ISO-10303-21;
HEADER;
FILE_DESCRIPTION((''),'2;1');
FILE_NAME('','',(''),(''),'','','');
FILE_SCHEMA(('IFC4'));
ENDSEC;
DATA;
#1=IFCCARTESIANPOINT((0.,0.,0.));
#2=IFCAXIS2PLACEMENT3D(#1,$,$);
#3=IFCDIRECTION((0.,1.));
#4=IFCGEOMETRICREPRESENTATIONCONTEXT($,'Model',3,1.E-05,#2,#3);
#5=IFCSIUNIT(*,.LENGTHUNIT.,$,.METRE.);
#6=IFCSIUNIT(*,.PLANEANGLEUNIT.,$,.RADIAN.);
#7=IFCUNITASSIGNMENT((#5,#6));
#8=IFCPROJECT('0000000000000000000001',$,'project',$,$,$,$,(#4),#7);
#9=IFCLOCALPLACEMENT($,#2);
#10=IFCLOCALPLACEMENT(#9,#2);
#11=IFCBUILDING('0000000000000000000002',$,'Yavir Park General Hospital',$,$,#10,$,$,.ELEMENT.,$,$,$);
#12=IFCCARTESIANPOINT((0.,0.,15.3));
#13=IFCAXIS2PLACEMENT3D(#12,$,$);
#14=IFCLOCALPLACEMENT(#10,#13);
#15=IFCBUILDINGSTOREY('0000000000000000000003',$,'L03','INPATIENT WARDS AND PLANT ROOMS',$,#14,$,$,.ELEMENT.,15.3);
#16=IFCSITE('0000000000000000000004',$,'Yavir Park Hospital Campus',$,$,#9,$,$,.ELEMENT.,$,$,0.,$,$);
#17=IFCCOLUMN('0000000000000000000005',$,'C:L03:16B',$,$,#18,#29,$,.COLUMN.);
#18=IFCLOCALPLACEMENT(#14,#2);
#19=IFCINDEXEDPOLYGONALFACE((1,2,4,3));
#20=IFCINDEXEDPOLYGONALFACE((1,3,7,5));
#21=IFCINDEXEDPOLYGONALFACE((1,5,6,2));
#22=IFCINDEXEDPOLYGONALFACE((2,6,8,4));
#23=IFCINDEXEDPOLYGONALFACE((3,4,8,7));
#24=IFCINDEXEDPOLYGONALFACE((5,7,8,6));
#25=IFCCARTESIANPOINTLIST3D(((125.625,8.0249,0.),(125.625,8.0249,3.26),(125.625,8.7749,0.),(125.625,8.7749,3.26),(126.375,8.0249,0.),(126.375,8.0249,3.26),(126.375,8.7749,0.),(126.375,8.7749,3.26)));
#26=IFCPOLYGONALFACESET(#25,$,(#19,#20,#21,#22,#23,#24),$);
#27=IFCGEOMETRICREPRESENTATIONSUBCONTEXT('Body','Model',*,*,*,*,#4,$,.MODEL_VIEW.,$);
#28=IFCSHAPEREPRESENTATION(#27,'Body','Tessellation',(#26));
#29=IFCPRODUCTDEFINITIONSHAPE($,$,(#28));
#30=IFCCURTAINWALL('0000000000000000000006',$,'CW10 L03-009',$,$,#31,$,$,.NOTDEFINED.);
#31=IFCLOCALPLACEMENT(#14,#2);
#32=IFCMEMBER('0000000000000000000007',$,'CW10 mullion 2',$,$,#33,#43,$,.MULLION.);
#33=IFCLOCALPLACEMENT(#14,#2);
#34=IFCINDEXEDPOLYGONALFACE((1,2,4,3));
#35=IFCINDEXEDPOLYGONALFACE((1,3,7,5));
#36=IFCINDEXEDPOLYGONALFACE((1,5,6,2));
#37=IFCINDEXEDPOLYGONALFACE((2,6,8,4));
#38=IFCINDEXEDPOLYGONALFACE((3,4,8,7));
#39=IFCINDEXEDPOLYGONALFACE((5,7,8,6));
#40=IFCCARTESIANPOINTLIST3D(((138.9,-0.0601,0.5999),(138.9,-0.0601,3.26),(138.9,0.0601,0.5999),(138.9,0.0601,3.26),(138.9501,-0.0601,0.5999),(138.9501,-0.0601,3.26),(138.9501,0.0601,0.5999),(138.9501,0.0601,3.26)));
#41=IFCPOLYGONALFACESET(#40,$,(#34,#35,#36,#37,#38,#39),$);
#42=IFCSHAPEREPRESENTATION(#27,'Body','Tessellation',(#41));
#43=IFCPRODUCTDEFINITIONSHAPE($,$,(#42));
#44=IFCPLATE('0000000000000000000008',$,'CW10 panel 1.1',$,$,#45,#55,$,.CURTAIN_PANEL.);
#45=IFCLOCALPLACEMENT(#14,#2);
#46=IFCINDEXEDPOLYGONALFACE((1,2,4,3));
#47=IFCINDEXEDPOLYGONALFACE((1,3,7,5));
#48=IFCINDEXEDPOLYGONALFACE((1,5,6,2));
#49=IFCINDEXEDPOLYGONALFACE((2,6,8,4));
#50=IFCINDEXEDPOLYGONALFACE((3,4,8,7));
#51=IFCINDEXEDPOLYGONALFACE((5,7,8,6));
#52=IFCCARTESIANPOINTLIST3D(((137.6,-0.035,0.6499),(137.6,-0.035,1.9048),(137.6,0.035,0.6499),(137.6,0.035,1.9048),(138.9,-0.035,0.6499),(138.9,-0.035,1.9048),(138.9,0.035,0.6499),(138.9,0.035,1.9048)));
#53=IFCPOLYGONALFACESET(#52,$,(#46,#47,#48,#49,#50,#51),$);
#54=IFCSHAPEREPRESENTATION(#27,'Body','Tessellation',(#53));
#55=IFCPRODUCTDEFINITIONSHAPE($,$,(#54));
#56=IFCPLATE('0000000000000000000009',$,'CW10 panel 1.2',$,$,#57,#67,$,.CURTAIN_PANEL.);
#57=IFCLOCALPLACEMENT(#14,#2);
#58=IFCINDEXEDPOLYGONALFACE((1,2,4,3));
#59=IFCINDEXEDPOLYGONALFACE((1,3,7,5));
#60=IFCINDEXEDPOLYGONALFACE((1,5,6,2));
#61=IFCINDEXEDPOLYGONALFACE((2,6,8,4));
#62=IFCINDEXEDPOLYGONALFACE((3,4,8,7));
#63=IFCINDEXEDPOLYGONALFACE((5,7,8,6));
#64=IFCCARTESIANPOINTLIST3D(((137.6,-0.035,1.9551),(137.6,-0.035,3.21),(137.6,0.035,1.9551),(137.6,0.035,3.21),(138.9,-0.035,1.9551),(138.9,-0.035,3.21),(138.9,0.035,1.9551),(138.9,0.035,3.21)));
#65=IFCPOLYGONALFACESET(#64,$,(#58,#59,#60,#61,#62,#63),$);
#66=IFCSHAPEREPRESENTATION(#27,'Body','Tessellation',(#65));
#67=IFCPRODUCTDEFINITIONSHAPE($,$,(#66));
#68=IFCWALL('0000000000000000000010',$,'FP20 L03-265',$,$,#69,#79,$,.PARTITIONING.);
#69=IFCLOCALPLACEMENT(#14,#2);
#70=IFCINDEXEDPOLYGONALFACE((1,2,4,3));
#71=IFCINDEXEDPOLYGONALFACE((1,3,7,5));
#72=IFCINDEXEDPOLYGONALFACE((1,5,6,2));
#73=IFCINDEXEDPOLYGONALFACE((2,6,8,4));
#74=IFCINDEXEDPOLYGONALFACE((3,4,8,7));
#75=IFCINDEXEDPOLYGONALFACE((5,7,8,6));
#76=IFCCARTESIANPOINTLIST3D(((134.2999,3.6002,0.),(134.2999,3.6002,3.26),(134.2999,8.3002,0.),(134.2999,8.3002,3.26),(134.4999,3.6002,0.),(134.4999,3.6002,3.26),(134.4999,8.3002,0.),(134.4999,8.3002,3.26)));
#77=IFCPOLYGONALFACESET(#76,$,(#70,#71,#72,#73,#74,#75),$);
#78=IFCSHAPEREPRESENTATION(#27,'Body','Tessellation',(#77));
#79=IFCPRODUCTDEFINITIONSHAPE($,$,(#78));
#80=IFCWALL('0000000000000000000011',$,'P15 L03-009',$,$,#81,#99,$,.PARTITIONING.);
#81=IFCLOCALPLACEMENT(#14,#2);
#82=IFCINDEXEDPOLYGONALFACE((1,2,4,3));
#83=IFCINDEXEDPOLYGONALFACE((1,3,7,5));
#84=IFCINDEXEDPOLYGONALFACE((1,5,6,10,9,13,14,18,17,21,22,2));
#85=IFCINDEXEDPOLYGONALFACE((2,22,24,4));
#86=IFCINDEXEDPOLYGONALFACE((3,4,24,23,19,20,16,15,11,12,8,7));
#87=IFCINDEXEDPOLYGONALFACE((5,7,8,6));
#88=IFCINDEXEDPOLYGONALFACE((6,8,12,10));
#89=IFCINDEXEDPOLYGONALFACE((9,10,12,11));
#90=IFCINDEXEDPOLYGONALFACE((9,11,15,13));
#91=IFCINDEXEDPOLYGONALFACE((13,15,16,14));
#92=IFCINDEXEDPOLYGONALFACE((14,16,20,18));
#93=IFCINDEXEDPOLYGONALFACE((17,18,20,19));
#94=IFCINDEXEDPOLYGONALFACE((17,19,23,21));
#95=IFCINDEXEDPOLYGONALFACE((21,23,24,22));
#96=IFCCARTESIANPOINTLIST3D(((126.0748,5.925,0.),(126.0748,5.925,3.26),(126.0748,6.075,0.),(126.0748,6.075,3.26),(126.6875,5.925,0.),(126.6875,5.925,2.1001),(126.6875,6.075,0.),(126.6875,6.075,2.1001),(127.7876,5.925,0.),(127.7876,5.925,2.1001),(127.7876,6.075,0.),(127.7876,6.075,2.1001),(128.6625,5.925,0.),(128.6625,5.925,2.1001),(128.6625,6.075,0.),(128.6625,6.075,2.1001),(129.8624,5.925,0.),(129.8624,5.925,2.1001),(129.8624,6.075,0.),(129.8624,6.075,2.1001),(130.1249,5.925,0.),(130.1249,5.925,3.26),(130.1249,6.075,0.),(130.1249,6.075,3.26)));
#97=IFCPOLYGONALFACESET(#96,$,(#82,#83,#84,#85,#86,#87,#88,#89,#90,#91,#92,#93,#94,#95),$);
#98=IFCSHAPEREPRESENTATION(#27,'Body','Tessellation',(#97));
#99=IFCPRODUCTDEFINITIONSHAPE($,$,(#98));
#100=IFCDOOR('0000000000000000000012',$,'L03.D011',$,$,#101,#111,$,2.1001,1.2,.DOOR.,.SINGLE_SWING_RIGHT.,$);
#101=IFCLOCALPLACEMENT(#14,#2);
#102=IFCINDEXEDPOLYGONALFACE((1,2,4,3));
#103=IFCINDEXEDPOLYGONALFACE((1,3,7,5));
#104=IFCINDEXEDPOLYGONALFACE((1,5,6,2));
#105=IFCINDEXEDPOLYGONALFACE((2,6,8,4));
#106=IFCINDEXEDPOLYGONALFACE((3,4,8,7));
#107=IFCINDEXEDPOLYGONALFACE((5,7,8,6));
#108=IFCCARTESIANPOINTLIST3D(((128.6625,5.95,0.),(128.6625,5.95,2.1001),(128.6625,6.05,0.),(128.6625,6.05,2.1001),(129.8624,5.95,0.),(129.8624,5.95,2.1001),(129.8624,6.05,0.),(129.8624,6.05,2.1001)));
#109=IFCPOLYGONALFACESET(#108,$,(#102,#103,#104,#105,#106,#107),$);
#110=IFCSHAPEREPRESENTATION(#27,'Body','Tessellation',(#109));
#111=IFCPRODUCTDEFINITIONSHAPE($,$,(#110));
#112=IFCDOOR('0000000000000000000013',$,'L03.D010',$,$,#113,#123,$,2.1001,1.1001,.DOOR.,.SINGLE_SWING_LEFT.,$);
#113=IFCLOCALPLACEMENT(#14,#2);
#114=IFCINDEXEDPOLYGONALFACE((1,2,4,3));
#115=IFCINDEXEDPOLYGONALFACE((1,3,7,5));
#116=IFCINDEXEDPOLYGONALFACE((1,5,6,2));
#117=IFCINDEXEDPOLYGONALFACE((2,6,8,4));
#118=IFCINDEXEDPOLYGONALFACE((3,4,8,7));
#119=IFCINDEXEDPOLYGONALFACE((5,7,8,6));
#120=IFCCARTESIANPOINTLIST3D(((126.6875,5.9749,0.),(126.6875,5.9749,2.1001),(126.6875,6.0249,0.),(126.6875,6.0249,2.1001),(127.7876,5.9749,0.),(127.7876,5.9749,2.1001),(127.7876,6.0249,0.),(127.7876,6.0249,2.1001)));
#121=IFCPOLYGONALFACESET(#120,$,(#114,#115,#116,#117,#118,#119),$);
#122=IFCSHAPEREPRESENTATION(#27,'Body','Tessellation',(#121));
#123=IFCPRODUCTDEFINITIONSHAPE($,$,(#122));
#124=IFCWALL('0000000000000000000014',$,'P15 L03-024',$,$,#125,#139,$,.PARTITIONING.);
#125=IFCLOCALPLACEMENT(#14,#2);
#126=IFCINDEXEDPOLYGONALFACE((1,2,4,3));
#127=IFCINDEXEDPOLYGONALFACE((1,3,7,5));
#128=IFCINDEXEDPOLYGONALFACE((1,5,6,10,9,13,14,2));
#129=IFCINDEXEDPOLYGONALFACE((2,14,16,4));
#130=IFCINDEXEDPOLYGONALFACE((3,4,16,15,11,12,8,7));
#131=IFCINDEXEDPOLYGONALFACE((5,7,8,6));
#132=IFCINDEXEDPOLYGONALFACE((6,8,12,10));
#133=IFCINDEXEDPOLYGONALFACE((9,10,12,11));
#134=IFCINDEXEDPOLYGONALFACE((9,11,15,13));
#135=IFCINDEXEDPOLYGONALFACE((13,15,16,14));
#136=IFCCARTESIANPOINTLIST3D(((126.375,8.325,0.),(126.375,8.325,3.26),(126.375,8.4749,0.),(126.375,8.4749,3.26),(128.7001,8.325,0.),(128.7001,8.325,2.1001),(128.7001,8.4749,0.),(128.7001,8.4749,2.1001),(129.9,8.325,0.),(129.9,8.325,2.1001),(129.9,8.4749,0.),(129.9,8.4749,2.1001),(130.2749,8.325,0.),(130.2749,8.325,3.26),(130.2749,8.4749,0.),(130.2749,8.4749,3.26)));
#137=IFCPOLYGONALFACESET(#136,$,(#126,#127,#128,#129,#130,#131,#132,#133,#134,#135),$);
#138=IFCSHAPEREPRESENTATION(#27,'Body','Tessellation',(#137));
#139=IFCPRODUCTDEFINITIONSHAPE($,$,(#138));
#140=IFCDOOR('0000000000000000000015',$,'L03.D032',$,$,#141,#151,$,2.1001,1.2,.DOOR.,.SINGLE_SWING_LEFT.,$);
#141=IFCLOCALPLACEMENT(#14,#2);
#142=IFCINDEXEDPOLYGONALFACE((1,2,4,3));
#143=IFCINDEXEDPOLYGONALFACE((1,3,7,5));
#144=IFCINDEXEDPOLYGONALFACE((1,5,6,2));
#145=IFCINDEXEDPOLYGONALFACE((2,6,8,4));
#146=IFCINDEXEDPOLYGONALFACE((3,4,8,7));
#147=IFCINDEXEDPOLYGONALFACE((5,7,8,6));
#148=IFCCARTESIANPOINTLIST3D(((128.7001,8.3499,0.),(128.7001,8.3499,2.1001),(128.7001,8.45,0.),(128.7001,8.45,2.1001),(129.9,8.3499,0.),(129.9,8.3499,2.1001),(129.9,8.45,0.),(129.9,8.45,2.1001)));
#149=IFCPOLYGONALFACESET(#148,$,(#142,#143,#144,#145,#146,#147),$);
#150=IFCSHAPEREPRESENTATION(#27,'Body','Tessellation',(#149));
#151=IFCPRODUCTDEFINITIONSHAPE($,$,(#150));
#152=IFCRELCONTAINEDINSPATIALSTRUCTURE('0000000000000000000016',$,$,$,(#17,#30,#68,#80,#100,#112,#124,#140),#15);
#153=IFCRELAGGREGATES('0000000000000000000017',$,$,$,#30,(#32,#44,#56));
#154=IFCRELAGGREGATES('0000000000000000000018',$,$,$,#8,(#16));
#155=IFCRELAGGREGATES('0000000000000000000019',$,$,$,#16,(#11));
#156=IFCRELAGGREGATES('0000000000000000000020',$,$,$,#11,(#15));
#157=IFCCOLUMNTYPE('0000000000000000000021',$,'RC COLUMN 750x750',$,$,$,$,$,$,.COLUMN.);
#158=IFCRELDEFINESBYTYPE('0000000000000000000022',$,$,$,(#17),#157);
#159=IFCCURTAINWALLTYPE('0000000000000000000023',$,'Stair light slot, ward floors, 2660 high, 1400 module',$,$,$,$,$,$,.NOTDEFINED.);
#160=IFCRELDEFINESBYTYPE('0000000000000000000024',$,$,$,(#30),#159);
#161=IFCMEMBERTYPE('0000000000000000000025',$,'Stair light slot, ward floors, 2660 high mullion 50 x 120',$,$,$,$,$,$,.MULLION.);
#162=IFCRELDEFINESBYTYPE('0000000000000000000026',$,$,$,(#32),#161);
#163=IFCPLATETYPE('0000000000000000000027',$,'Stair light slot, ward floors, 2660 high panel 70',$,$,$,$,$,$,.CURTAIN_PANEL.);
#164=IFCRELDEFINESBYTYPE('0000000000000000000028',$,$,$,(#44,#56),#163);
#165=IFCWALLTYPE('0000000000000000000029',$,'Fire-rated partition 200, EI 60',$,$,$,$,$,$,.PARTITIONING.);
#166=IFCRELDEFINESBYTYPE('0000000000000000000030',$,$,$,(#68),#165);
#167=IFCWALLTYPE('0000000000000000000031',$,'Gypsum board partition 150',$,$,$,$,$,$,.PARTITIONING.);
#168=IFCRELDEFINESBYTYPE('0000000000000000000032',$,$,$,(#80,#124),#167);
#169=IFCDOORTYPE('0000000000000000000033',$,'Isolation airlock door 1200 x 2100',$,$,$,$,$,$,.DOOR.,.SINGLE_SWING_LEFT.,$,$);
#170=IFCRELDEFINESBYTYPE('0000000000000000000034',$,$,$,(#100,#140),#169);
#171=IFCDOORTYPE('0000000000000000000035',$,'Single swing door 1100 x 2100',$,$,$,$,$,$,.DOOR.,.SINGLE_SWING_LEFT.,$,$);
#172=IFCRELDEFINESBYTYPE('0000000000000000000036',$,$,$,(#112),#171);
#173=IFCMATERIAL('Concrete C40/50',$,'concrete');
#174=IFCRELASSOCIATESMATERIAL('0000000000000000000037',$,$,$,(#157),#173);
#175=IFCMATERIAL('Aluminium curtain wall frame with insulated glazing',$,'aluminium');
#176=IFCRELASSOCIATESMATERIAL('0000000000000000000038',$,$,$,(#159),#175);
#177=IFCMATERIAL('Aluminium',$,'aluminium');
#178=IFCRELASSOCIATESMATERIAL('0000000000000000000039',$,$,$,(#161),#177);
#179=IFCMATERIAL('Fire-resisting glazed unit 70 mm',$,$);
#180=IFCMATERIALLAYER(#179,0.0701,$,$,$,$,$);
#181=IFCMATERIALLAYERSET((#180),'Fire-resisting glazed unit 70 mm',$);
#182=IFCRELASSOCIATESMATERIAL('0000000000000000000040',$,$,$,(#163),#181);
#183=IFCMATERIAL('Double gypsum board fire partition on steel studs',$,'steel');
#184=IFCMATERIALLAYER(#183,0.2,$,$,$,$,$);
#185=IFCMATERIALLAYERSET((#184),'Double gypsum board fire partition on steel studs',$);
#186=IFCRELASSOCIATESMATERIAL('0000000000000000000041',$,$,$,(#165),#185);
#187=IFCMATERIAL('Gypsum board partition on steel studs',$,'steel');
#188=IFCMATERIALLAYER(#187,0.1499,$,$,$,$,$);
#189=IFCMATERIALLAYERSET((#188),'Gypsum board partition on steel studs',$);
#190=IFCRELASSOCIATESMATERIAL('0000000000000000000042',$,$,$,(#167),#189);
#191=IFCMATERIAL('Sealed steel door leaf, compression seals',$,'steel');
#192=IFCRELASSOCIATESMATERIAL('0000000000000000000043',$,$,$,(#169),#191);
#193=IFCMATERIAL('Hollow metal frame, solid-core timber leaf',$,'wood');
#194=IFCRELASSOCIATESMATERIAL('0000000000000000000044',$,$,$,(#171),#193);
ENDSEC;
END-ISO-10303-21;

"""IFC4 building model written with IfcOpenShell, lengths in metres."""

from ifc_helpers import new_model, si_unit, direction, frame, frame_2d, origin, origin_2d, place, context, subcontext, project, spatial, rectangle, extrude, material, layer, layer_set, material_profile, profile_set, type_object, element, fill, aggregate, save


model = new_model("IFC4")

# Units and contexts
model_context = context("Model", 3, precision=1e-05, world=origin(), true_north=direction((0.0, 1.0)))
body_context = subcontext(model_context, "Body", "Model", "MODEL_VIEW")
ifc_project = project(units=[si_unit("LENGTHUNIT", "METRE"), si_unit("PLANEANGLEUNIT", "RADIAN")], contexts=[model_context])

# Site, building, storey
site_placement = place(None, origin())
site = spatial("IfcSite", under=ifc_project, at=site_placement, Name="Yavir Park Hospital Campus", CompositionType="ELEMENT", RefElevation=0.0)
building_placement = place(site_placement, origin())
building = spatial("IfcBuilding", under=site, at=building_placement, Name="Yavir Park General Hospital", CompositionType="ELEMENT")
storey_placement = place(building_placement, frame((0.0, 0.0, 15.3)))
storey = spatial("IfcBuildingStorey", under=building, at=storey_placement, Name="L03", Description="INPATIENT WARDS AND PLANT ROOMS", CompositionType="ELEMENT", Elevation=15.3)

# Column
ifc_material_1 = material(Name="Concrete C40/50", Category="concrete")
ifc_material_profile_1 = material_profile(ifc_material_1, rectangle(XDim=0.75, YDim=0.75, at=origin_2d()), Name="RC750x750")
ifc_profile_set_1 = profile_set([ifc_material_profile_1], Name="Concrete C40/50")
column_type = type_object("IfcColumnType", Name="RC COLUMN 750x750", PredefinedType="COLUMN", material=ifc_profile_set_1)
column_placement = place(storey_placement, frame((126.0, 8.3999, 0.0), z_axis=(0.0, 0.0, 1.0), x_axis=(1.0, 0.0, 0.0)))
element("IfcColumn", 1, at=column_placement, inside=storey, type_object=column_type, Name="C:L03:16B", PredefinedType="COLUMN", context=body_context, shape_type="SweptSolid", body=[
    extrude(rectangle(XDim=0.75, YDim=0.75, at=origin_2d()), origin(), (0.0, 0.0, 1.0), 3.26),
])

# Curtain wall, member, plates
ifc_material_2 = material(Name="Aluminium curtain wall frame with insulated glazing", Category="aluminium")
curtain_wall_type = type_object("IfcCurtainWallType", Name="Stair light slot, ward floors, 2660 high, 1400 module", PredefinedType="NOTDEFINED", material=ifc_material_2)
curtain_wall_placement = place(storey_placement, origin())
curtain_wall = element("IfcCurtainWall", 2, at=curtain_wall_placement, inside=storey, type_object=curtain_wall_type, Name="CW10 L03-009", PredefinedType="NOTDEFINED")
ifc_material_3 = material(Name="Aluminium", Category="aluminium")
ifc_material_profile_2 = material_profile(ifc_material_3, rectangle(XDim=0.1201, YDim=0.05, at=origin_2d()), Name="AL 50x120")
ifc_profile_set_2 = profile_set([ifc_material_profile_2], Name="Aluminium")
member_type = type_object("IfcMemberType", Name="Stair light slot, ward floors, 2660 high mullion 50 x 120", PredefinedType="MULLION", material=ifc_profile_set_2)
member_placement = place(storey_placement, frame((138.925, 0.0, 0.5999), z_axis=(0.0, 0.0, 1.0), x_axis=(0.0, 1.0, 0.0)))
member = element("IfcMember", 3, at=member_placement, type_object=member_type, Name="CW10 mullion 2", PredefinedType="MULLION", context=body_context, shape_type="SweptSolid", body=[
    extrude(rectangle(XDim=0.1201, YDim=0.05, at=origin_2d()), origin(), (0.0, 0.0, 1.0), 2.6602),
])
ifc_material_4 = material(Name="Fire-resisting glazed unit 70 mm")
ifc_layer_1 = layer(ifc_material_4, 0.0701)
ifc_layer_set_1 = layer_set([ifc_layer_1], Name="Fire-resisting glazed unit 70 mm")
plate_type = type_object("IfcPlateType", Name="Stair light slot, ward floors, 2660 high panel 70", PredefinedType="CURTAIN_PANEL", material=ifc_layer_set_1)
plate_1_placement = place(storey_placement, frame((138.25, 0.0, 0.6499), z_axis=(0.0, 0.0, 1.0), x_axis=(1.0, 0.0, 0.0)))
plate_1 = element("IfcPlate", 4, at=plate_1_placement, type_object=plate_type, Name="CW10 panel 1.1", PredefinedType="CURTAIN_PANEL", context=body_context, shape_type="SweptSolid", body=[
    extrude(rectangle(XDim=1.3, YDim=0.0701, at=origin_2d()), origin(), (0.0, 0.0, 1.0), 1.2549),
])
plate_2_placement = place(storey_placement, frame((138.25, 0.0, 1.9551), z_axis=(0.0, 0.0, 1.0), x_axis=(1.0, 0.0, 0.0)))
plate_2 = element("IfcPlate", 5, at=plate_2_placement, type_object=plate_type, Name="CW10 panel 1.2", PredefinedType="CURTAIN_PANEL", context=body_context, shape_type="SweptSolid", body=[
    extrude(rectangle(XDim=1.3, YDim=0.0701, at=origin_2d()), origin(), (0.0, 0.0, 1.0), 1.2549),
])
aggregate(curtain_wall, [member, plate_1, plate_2])

# Shared definitions
ifc_material_5 = material(Name="Double gypsum board fire partition on steel studs", Category="steel")
ifc_layer_2 = layer(ifc_material_5, 0.2)
ifc_layer_set_2 = layer_set([ifc_layer_2], Name="Double gypsum board fire partition on steel studs")
wall_type_1 = type_object("IfcWallType", Name="Fire-rated partition 200, EI 60", PredefinedType="PARTITIONING", material=ifc_layer_set_2)

# Wall
wall_1_placement = place(storey_placement, frame((134.3999, 3.6001, 0.0), z_axis=(0.0, 0.0, 1.0), x_axis=(0.0, 1.0, 0.0)))
element("IfcWall", 6, at=wall_1_placement, inside=storey, type_object=wall_type_1, Name="FP20 L03-265", PredefinedType="PARTITIONING", context=body_context, shape_type="SweptSolid", body=[
    extrude(rectangle(XDim=4.7, YDim=0.2, at=frame_2d((2.3501, 0.0))), origin(), (0.0, 0.0, 1.0), 3.26),
])

# Wall, openings, doors
ifc_material_6 = material(Name="Gypsum board partition on steel studs", Category="steel")
ifc_layer_3 = layer(ifc_material_6, 0.1499)
ifc_layer_set_3 = layer_set([ifc_layer_3], Name="Gypsum board partition on steel studs")
wall_type_2 = type_object("IfcWallType", Name="Gypsum board partition 150", PredefinedType="PARTITIONING", material=ifc_layer_set_3)
wall_2_placement = place(storey_placement, frame((126.075, 6.0, 0.0), z_axis=(0.0, 0.0, 1.0), x_axis=(1.0, 0.0, 0.0)))
wall_2 = element("IfcWall", 7, at=wall_2_placement, inside=storey, type_object=wall_type_2, Name="P15 L03-009", PredefinedType="PARTITIONING", context=body_context, shape_type="SweptSolid", body=[
    extrude(rectangle(XDim=4.05, YDim=0.1499, at=frame_2d((2.0249, 0.0))), origin(), (0.0, 0.0, 1.0), 3.26),
])
opening_1_placement = place(wall_2_placement, frame((0.6125, 0.0, 0.0)))
opening_1 = element("IfcOpeningElement", 8, at=opening_1_placement, cuts=wall_2, PredefinedType="OPENING", context=body_context, shape_type="SweptSolid", body=[
    extrude(rectangle(XDim=1.1001, YDim=2.1001, at=frame_2d((0.55, 1.05))), frame((0.0, 0.085, 0.0), z_axis=(0.0, -1.0, 0.0), x_axis=(1.0, 0.0, 0.0)), (0.0, 0.0, 1.0), 0.1699),
])
opening_2_placement = place(wall_2_placement, frame((2.5874, 0.0, 0.0)))
opening_2 = element("IfcOpeningElement", 9, at=opening_2_placement, cuts=wall_2, PredefinedType="OPENING", context=body_context, shape_type="SweptSolid", body=[
    extrude(rectangle(XDim=1.2, YDim=2.1001, at=frame_2d((0.6001, 1.05))), frame((0.0, 0.085, 0.0), z_axis=(0.0, -1.0, 0.0), x_axis=(1.0, 0.0, 0.0)), (0.0, 0.0, 1.0), 0.1699),
])
ifc_material_7 = material(Name="Sealed steel door leaf, compression seals", Category="steel")
door_type_1 = type_object("IfcDoorType", Name="Isolation airlock door 1200 x 2100", OperationType="SINGLE_SWING_LEFT", PredefinedType="DOOR", material=ifc_material_7)
door_1_placement = place(opening_2_placement, origin())
door_1 = element("IfcDoor", 10, at=door_1_placement, inside=storey, type_object=door_type_1, Name="L03.D011", OperationType="SINGLE_SWING_RIGHT", OverallHeight=2.1001, OverallWidth=1.2, PredefinedType="DOOR", context=body_context, shape_type="SweptSolid", body=[
    extrude(rectangle(XDim=1.2, YDim=2.1001, at=frame_2d((0.6001, 1.05))), frame((0.0, 0.05, 0.0), z_axis=(0.0, -1.0, 0.0), x_axis=(1.0, 0.0, 0.0)), (0.0, 0.0, 1.0), 0.1001),
])
fill(opening_2, door_1)
ifc_material_8 = material(Name="Hollow metal frame, solid-core timber leaf", Category="wood")
door_type_2 = type_object("IfcDoorType", Name="Single swing door 1100 x 2100", OperationType="SINGLE_SWING_LEFT", PredefinedType="DOOR", material=ifc_material_8)
door_2_placement = place(opening_1_placement, origin())
door_2 = element("IfcDoor", 11, at=door_2_placement, inside=storey, type_object=door_type_2, Name="L03.D010", OperationType="SINGLE_SWING_LEFT", OverallHeight=2.1001, OverallWidth=1.1001, PredefinedType="DOOR", context=body_context, shape_type="SweptSolid", body=[
    extrude(rectangle(XDim=1.1001, YDim=2.1001, at=frame_2d((0.55, 1.05))), frame((0.0, 0.0249, 0.0), z_axis=(0.0, -1.0, 0.0), x_axis=(1.0, 0.0, 0.0)), (0.0, 0.0, 1.0), 0.05),
])
fill(opening_1, door_2)

# Wall, opening, door
wall_3_placement = place(storey_placement, frame((126.375, 8.3999, 0.0), z_axis=(0.0, 0.0, 1.0), x_axis=(1.0, 0.0, 0.0)))
wall_3 = element("IfcWall", 12, at=wall_3_placement, inside=storey, type_object=wall_type_2, Name="P15 L03-024", PredefinedType="PARTITIONING", context=body_context, shape_type="SweptSolid", body=[
    extrude(rectangle(XDim=3.8999, YDim=0.1499, at=frame_2d((1.95, 0.0))), origin(), (0.0, 0.0, 1.0), 3.26),
])
opening_3_placement = place(wall_3_placement, frame((2.325, 0.0, 0.0)))
opening_3 = element("IfcOpeningElement", 13, at=opening_3_placement, cuts=wall_3, PredefinedType="OPENING", context=body_context, shape_type="SweptSolid", body=[
    extrude(rectangle(XDim=1.2, YDim=2.1001, at=frame_2d((0.6001, 1.05))), frame((0.0, 0.085, 0.0), z_axis=(0.0, -1.0, 0.0), x_axis=(1.0, 0.0, 0.0)), (0.0, 0.0, 1.0), 0.1699),
])
door_3_placement = place(opening_3_placement, origin())
door_3 = element("IfcDoor", 14, at=door_3_placement, inside=storey, type_object=door_type_1, Name="L03.D032", OperationType="SINGLE_SWING_LEFT", OverallHeight=2.1001, OverallWidth=1.2, PredefinedType="DOOR", context=body_context, shape_type="SweptSolid", body=[
    extrude(rectangle(XDim=1.2, YDim=2.1001, at=frame_2d((0.6001, 1.05))), frame((0.0, 0.05, 0.0), z_axis=(0.0, -1.0, 0.0), x_axis=(1.0, 0.0, 0.0)), (0.0, 0.0, 1.0), 0.1001),
])
fill(opening_3, door_3)

save(model, "model.ifc")
